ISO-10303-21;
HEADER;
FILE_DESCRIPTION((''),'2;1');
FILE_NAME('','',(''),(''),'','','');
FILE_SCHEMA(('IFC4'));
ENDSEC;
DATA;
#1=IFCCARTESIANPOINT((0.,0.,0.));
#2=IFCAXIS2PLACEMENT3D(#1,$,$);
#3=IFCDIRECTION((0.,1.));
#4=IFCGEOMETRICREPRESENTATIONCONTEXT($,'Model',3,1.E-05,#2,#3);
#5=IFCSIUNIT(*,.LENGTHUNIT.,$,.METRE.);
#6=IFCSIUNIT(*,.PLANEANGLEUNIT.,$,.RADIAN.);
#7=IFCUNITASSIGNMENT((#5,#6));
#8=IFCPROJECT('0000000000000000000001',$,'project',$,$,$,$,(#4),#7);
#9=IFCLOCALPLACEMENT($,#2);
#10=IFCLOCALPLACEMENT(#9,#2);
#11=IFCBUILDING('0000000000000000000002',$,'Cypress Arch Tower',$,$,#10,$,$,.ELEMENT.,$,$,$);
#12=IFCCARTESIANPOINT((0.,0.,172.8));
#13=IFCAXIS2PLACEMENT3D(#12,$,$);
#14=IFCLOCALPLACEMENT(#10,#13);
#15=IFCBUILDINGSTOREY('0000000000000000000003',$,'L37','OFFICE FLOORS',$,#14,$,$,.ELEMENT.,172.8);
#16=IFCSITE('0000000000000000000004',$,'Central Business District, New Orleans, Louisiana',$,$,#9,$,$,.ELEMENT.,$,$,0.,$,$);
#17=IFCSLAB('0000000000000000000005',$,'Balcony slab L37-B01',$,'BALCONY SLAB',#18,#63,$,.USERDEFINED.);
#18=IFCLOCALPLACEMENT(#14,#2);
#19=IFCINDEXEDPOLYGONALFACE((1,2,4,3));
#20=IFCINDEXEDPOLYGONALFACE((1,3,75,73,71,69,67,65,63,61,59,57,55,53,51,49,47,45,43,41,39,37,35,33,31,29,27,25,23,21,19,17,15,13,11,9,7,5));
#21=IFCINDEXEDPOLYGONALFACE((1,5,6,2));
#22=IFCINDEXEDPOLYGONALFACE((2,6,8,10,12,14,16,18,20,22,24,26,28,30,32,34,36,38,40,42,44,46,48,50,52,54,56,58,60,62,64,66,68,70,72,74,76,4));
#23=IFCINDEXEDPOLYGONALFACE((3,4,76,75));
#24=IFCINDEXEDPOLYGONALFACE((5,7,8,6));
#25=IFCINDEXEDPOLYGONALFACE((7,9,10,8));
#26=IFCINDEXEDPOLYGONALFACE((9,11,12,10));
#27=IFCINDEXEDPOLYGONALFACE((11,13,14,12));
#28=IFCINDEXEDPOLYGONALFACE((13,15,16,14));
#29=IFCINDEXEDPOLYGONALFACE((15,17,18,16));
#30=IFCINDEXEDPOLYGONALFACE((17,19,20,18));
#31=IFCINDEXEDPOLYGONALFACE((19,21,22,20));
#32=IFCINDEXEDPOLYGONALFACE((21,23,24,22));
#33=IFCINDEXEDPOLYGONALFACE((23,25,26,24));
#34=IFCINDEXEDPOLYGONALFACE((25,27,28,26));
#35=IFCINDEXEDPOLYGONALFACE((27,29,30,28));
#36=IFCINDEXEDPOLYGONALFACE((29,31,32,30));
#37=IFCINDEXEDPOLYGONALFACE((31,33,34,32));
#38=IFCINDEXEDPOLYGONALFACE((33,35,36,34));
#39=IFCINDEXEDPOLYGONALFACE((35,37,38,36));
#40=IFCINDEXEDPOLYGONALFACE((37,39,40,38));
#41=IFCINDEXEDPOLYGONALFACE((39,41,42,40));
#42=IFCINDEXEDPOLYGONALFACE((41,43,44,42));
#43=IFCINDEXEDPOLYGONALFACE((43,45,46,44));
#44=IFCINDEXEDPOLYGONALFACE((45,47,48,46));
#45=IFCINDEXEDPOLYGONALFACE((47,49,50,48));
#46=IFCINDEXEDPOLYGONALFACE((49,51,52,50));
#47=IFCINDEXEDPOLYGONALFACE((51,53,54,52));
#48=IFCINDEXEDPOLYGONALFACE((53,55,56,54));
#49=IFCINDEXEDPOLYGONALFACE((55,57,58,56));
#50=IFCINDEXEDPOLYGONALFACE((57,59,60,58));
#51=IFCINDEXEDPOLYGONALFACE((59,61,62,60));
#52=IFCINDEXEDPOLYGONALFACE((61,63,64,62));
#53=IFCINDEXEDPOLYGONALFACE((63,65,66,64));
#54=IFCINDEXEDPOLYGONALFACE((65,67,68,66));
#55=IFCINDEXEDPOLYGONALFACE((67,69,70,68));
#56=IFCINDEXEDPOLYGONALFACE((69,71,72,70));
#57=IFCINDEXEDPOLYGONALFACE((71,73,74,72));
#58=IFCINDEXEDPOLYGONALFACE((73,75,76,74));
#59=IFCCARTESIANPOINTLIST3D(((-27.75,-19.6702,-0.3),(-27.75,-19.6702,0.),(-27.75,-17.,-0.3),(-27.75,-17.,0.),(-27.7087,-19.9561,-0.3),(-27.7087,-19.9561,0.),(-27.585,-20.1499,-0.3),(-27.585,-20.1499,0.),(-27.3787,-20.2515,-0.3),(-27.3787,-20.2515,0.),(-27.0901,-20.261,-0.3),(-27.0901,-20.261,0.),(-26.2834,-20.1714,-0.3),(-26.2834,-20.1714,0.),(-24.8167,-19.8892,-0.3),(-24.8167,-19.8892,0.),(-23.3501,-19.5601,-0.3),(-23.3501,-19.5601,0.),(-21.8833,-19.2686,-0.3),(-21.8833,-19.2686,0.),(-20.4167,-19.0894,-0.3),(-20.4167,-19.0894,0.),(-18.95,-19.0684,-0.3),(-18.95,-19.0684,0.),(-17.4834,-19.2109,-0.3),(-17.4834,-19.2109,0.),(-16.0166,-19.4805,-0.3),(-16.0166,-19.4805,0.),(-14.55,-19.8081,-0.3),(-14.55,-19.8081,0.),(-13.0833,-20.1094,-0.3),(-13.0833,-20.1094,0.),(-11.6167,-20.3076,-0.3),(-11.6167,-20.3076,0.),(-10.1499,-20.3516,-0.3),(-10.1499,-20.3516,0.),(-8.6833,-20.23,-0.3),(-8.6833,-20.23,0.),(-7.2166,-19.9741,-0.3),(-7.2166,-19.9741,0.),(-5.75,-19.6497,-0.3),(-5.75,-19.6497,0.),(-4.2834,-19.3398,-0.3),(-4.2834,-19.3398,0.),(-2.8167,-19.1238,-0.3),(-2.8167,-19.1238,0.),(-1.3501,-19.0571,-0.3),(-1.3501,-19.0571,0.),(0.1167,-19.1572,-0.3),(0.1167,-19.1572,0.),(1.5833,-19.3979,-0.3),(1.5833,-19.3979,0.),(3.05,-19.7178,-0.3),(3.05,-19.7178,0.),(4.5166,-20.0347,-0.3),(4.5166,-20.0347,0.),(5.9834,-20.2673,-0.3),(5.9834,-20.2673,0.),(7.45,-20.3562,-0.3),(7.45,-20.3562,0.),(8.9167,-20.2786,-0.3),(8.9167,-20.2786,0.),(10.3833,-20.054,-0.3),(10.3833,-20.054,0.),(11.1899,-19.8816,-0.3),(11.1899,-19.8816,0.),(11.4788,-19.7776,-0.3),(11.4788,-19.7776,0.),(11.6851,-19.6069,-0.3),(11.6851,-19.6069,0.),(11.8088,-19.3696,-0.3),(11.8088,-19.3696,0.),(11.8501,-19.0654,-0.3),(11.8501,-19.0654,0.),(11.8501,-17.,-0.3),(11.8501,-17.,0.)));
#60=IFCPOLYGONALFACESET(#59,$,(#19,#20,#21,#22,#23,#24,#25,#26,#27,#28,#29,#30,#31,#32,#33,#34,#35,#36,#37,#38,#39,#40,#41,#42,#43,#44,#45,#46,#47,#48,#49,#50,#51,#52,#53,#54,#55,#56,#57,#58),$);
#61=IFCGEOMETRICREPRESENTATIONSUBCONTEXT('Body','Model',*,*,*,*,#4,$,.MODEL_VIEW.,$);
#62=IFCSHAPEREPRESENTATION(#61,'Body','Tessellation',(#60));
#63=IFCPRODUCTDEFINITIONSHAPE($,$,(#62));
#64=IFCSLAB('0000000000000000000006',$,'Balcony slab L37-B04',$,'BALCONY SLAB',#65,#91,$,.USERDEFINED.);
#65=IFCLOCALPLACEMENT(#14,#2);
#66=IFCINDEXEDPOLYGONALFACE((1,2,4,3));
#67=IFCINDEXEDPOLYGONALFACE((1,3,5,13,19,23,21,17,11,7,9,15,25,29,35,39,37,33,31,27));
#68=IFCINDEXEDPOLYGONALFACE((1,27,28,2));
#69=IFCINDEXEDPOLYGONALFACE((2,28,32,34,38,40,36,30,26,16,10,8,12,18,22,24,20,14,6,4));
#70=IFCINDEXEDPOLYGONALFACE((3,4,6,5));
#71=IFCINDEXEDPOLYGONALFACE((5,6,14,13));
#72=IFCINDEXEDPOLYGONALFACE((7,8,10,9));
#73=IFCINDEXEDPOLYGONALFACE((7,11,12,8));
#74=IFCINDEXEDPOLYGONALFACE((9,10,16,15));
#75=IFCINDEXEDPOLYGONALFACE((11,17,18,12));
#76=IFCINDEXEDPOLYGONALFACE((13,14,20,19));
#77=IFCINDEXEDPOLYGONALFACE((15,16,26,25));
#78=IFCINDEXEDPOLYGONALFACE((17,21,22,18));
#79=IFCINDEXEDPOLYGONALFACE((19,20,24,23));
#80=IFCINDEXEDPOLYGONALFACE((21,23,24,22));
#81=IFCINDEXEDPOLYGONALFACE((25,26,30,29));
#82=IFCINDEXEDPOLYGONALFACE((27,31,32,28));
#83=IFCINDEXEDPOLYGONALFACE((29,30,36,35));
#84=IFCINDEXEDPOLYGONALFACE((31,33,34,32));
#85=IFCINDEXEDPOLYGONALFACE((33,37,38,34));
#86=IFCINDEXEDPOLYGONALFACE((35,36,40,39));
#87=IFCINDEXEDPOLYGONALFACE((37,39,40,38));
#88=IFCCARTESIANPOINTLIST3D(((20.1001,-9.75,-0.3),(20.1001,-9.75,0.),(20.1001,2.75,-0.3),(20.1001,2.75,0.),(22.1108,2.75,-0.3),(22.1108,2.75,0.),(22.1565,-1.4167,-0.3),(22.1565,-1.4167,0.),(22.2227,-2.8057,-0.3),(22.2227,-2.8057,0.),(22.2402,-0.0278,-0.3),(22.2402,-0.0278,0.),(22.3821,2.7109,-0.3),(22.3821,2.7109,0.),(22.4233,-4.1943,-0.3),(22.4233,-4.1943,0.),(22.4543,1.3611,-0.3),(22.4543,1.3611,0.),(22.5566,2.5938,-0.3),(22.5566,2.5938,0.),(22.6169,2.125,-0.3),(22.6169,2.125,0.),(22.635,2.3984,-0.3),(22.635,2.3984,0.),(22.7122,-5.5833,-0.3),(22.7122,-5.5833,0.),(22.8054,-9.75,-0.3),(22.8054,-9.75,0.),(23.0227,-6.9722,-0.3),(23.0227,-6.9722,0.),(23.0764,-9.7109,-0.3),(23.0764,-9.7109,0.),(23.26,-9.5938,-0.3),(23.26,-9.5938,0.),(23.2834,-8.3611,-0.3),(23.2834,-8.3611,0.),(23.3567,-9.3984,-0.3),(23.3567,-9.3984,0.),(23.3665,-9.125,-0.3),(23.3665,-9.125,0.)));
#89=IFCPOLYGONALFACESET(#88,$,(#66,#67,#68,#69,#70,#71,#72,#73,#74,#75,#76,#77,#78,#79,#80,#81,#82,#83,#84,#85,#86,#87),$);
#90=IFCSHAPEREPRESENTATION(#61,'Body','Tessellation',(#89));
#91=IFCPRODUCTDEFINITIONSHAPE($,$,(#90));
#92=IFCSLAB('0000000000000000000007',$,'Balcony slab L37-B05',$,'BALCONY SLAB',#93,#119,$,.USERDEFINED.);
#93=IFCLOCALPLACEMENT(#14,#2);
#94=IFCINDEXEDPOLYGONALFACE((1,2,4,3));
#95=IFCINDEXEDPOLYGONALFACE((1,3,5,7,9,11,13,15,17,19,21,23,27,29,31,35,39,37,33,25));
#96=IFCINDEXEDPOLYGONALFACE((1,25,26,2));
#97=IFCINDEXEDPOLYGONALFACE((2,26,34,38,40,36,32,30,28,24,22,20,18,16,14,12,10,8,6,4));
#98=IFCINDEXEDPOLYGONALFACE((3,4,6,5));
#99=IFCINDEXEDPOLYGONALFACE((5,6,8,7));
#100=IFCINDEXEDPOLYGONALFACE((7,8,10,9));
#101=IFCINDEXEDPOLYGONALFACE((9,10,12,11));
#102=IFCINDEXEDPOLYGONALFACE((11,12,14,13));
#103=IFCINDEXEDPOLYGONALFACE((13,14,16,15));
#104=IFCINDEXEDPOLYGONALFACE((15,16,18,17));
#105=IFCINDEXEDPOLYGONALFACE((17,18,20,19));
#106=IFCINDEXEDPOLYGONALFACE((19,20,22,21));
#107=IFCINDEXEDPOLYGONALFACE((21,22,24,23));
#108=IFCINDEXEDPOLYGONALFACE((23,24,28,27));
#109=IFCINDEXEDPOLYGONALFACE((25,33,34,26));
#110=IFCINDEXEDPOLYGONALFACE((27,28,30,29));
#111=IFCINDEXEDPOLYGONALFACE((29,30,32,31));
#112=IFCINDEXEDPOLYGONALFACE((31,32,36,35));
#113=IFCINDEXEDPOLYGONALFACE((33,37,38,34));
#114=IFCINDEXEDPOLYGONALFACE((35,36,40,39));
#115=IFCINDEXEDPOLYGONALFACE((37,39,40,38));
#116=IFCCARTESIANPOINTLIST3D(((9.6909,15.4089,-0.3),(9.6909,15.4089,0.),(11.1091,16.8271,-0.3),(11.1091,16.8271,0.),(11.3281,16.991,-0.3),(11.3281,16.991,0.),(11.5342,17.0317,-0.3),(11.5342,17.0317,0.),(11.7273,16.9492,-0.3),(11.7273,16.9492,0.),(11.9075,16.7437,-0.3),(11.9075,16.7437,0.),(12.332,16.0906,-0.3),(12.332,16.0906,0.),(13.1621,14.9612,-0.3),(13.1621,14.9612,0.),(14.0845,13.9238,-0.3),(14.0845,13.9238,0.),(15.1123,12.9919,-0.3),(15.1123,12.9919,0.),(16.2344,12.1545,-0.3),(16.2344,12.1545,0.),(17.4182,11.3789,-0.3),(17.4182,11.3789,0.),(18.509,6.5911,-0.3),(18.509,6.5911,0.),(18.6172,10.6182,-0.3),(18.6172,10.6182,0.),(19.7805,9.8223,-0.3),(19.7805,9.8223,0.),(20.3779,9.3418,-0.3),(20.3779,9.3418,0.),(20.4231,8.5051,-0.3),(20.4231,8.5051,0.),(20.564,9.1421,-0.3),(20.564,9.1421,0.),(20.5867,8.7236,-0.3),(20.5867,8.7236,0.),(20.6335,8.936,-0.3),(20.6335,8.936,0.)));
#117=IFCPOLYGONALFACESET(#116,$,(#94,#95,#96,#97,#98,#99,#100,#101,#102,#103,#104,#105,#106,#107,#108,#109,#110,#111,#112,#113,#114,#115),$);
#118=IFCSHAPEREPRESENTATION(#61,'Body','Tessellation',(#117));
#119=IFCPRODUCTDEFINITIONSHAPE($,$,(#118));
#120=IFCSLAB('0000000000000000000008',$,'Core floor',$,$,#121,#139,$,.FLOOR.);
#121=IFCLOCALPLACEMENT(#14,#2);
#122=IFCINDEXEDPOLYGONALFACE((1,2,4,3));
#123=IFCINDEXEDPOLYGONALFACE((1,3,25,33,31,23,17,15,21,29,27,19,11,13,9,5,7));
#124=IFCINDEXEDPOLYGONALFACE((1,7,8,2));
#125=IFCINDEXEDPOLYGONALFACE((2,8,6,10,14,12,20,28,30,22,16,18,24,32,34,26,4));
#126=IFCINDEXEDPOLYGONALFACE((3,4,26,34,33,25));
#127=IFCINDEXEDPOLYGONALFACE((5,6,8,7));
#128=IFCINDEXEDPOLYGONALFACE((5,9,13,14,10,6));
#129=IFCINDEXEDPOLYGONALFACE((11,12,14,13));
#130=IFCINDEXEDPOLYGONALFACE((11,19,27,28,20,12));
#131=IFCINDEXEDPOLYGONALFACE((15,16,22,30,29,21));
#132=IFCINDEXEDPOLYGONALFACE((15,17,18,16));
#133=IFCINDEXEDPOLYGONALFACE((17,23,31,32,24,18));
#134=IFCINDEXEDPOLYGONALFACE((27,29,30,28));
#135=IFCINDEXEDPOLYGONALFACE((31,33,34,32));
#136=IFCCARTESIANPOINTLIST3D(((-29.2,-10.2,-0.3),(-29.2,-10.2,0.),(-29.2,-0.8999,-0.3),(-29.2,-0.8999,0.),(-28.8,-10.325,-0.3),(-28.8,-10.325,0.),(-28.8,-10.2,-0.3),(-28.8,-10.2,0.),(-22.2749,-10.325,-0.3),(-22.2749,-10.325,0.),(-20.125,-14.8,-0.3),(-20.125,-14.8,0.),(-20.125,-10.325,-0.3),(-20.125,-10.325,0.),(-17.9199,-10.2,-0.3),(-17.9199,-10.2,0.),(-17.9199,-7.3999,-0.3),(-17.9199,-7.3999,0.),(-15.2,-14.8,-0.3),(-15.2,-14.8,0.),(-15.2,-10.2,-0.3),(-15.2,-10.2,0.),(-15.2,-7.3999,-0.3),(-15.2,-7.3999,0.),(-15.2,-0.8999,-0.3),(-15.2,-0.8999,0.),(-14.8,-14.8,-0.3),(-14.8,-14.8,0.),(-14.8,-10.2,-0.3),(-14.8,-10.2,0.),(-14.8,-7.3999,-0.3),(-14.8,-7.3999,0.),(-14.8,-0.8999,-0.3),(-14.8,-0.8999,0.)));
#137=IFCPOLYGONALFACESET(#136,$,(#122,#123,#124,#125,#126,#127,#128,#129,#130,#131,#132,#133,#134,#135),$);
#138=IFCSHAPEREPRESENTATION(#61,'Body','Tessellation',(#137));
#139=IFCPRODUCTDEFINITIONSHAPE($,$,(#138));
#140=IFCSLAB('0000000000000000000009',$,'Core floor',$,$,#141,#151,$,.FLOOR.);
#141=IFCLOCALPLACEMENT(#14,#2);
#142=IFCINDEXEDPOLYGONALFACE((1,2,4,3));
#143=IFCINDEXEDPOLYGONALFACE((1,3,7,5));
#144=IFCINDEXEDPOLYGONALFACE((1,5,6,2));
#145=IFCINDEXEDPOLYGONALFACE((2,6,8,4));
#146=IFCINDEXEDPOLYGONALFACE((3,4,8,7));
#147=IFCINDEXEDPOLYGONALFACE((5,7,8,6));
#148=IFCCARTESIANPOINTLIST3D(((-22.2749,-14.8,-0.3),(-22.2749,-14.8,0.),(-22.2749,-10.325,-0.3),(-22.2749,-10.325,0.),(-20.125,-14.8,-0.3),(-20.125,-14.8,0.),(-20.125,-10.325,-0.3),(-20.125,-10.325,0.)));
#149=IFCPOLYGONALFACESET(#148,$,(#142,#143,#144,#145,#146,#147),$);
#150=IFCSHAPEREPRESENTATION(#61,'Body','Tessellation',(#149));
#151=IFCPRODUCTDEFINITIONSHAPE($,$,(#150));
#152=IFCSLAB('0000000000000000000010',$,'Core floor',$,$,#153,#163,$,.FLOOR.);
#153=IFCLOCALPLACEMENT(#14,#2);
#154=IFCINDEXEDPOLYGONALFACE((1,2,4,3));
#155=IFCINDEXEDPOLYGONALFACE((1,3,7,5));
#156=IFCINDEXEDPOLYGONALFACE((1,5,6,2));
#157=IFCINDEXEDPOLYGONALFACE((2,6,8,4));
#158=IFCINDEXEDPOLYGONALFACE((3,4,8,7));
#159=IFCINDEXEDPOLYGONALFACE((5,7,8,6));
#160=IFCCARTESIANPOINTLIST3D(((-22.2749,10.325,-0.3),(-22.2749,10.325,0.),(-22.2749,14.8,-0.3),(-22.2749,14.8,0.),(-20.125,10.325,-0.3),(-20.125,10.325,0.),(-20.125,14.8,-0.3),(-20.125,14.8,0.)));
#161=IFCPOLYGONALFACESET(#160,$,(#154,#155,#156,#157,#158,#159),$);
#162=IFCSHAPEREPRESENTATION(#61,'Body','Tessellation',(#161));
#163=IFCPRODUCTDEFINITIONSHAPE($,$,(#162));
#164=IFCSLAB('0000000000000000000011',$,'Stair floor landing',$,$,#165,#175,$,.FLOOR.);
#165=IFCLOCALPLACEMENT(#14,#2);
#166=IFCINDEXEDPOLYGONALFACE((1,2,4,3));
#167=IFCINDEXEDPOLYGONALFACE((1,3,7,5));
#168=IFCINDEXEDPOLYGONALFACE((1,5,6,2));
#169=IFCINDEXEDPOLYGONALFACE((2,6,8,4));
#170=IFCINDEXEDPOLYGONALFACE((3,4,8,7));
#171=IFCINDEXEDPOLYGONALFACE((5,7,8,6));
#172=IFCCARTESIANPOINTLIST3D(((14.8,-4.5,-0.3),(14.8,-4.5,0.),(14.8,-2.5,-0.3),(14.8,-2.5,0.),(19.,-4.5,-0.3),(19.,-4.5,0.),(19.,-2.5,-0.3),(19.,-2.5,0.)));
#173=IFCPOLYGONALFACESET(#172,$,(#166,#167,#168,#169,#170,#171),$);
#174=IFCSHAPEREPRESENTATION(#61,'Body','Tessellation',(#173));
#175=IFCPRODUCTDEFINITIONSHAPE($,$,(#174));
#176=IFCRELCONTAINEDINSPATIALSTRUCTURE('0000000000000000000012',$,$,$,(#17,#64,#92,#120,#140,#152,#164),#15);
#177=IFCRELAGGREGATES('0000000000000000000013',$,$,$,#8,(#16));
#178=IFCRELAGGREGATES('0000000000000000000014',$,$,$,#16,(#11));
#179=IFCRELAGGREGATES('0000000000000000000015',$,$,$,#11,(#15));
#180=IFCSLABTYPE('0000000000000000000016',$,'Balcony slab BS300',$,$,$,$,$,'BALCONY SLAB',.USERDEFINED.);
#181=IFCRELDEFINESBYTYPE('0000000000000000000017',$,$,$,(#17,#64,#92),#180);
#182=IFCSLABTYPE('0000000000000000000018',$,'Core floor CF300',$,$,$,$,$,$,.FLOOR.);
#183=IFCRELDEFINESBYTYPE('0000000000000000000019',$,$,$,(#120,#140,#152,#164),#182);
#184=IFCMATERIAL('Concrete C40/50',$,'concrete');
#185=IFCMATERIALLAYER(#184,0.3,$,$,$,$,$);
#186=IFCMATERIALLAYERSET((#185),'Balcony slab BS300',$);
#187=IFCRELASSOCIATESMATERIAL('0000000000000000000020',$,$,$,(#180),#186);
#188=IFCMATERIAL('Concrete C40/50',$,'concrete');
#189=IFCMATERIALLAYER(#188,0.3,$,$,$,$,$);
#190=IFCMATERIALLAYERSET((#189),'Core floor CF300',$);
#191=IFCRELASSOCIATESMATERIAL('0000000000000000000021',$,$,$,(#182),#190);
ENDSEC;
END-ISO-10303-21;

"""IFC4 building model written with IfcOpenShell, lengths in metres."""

from ifc_helpers import new_model, si_unit, direction, frame, origin, place, context, subcontext, project, spatial, polyline, outline, extrude, material, layer, layer_set, type_object, element, save


model = new_model("IFC4")

# Units and contexts
model_context = context("Model", 3, precision=1e-05, world=origin(), true_north=direction((0.0, 1.0)))
body_context = subcontext(model_context, "Body", "Model", "MODEL_VIEW")
ifc_project = project(units=[si_unit("LENGTHUNIT", "METRE"), si_unit("PLANEANGLEUNIT", "RADIAN")], contexts=[model_context])

# Site, building, storey
site_placement = place(None, origin())
site = spatial("IfcSite", under=ifc_project, at=site_placement, Name="Central Business District, New Orleans, Louisiana", CompositionType="ELEMENT", RefElevation=0.0)
building_placement = place(site_placement, origin())
building = spatial("IfcBuilding", under=site, at=building_placement, Name="Cypress Arch Tower", CompositionType="ELEMENT")
storey_placement = place(building_placement, frame((0.0, 0.0, 172.8)))
storey = spatial("IfcBuildingStorey", under=building, at=storey_placement, Name="L37", Description="OFFICE FLOORS", CompositionType="ELEMENT", Elevation=172.8)

# Slabs
ifc_material_1 = material(Name="Concrete C40/50", Category="concrete")
ifc_layer_1 = layer(ifc_material_1, 0.3)
ifc_layer_set_1 = layer_set([ifc_layer_1], Name="Balcony slab BS300")
slab_type_1 = type_object("IfcSlabType", Name="Balcony slab BS300", ElementType="BALCONY SLAB", PredefinedType="USERDEFINED", material=ifc_layer_set_1)
slab_1_placement = place(storey_placement, frame((0.0, 0.0, -0.3)))
element("IfcSlab", 1, at=slab_1_placement, inside=storey, type_object=slab_type_1, Name="Balcony slab L37-B01", ObjectType="BALCONY SLAB", PredefinedType="USERDEFINED", context=body_context, shape_type="SweptSolid", body=[
    extrude(outline(polyline([(-27.75, -17.0), (-27.75, -19.6702), (-27.7087, -19.9561), (-27.585, -20.1499), (-27.3787, -20.2515), (-27.0901, -20.261), (-26.2834, -20.1714), (-24.8167, -19.8892), (-23.3501, -19.5601), (-21.8833, -19.2686), (-20.4167, -19.0894), (-18.95, -19.0684), (-17.4834, -19.2109), (-16.0166, -19.4805), (-14.55, -19.8081), (-13.0833, -20.1094), (-11.6167, -20.3076), (-10.1499, -20.3516), (-8.6833, -20.23), (-7.2166, -19.9741), (-5.75, -19.6497), (-4.2834, -19.3398), (-2.8167, -19.1238), (-1.3501, -19.0571), (0.1167, -19.1572), (1.5833, -19.3979), (3.05, -19.7178), (4.5166, -20.0347), (5.9834, -20.2673), (7.45, -20.3562), (8.9167, -20.2786), (10.3833, -20.054), (11.1899, -19.8816), (11.4788, -19.7776), (11.6851, -19.6069), (11.8088, -19.3696), (11.8501, -19.0654), (11.8501, -17.0), (-27.75, -17.0)])), origin(), (0.0, 0.0, 1.0), 0.3),
])
slab_2_placement = place(storey_placement, frame((0.0, 0.0, -0.3)))
element("IfcSlab", 2, at=slab_2_placement, inside=storey, type_object=slab_type_1, Name="Balcony slab L37-B04", ObjectType="BALCONY SLAB", PredefinedType="USERDEFINED", context=body_context, shape_type="SweptSolid", body=[
    extrude(outline(polyline([(20.1001, -9.75), (22.8054, -9.75), (23.0764, -9.7109), (23.26, -9.5938), (23.3567, -9.3984), (23.3665, -9.125), (23.2834, -8.3611), (23.0227, -6.9722), (22.7122, -5.5833), (22.4233, -4.1943), (22.2227, -2.8057), (22.1565, -1.4167), (22.2402, -0.0278), (22.4543, 1.3611), (22.6169, 2.125), (22.635, 2.3984), (22.5566, 2.5938), (22.3821, 2.7109), (22.1108, 2.75), (20.1001, 2.75), (20.1001, -9.75)])), origin(), (0.0, 0.0, 1.0), 0.3),
])
slab_3_placement = place(storey_placement, frame((0.0, 0.0, -0.3)))
element("IfcSlab", 3, at=slab_3_placement, inside=storey, type_object=slab_type_1, Name="Balcony slab L37-B05", ObjectType="BALCONY SLAB", PredefinedType="USERDEFINED", context=body_context, shape_type="SweptSolid", body=[
    extrude(outline(polyline([(18.509, 6.5911), (20.4231, 8.5051), (20.5867, 8.7236), (20.6335, 8.936), (20.564, 9.1421), (20.3779, 9.3418), (19.7805, 9.8223), (18.6172, 10.6182), (17.4182, 11.3789), (16.2344, 12.1545), (15.1123, 12.9919), (14.0845, 13.9238), (13.1621, 14.9612), (12.332, 16.0906), (11.9075, 16.7437), (11.7273, 16.9492), (11.5342, 17.0317), (11.3281, 16.991), (11.1091, 16.8271), (9.6909, 15.4089), (18.509, 6.5911)])), origin(), (0.0, 0.0, 1.0), 0.3),
])
ifc_material_2 = material(Name="Concrete C40/50", Category="concrete")
ifc_layer_2 = layer(ifc_material_2, 0.3)
ifc_layer_set_2 = layer_set([ifc_layer_2], Name="Core floor CF300")
slab_type_2 = type_object("IfcSlabType", Name="Core floor CF300", PredefinedType="FLOOR", material=ifc_layer_set_2)
slab_4_placement = place(storey_placement, frame((0.0, 0.0, -0.3)))
element("IfcSlab", 4, at=slab_4_placement, inside=storey, type_object=slab_type_2, Name="Core floor", PredefinedType="FLOOR", context=body_context, shape_type="SweptSolid", body=[
    extrude(outline(polyline([(-28.8, -10.2), (-29.2, -10.2), (-29.2, -0.8999), (-15.2, -0.8999), (-14.8, -0.8999), (-14.8, -7.3999), (-15.2, -7.3999), (-17.9199, -7.3999), (-17.9199, -10.2), (-15.2, -10.2), (-14.8, -10.2), (-14.8, -14.8), (-15.2, -14.8), (-20.125, -14.8), (-20.125, -10.325), (-22.2749, -10.325), (-28.8, -10.325), (-28.8, -10.2)])), origin(), (0.0, 0.0, 1.0), 0.3),
])
slab_5_placement = place(storey_placement, frame((0.0, 0.0, -0.3)))
element("IfcSlab", 5, at=slab_5_placement, inside=storey, type_object=slab_type_2, Name="Core floor", PredefinedType="FLOOR", context=body_context, shape_type="SweptSolid", body=[
    extrude(outline(polyline([(-22.2749, -10.325), (-22.2749, -14.8), (-20.125, -14.8), (-20.125, -10.325), (-22.2749, -10.325)])), origin(), (0.0, 0.0, 1.0), 0.3),
])
slab_6_placement = place(storey_placement, frame((0.0, 0.0, -0.3)))
element("IfcSlab", 6, at=slab_6_placement, inside=storey, type_object=slab_type_2, Name="Core floor", PredefinedType="FLOOR", context=body_context, shape_type="SweptSolid", body=[
    extrude(outline(polyline([(-20.125, 14.8), (-22.2749, 14.8), (-22.2749, 10.325), (-20.125, 10.325), (-20.125, 14.8)])), origin(), (0.0, 0.0, 1.0), 0.3),
])
slab_7_placement = place(storey_placement, frame((0.0, 0.0, -0.3)))
element("IfcSlab", 7, at=slab_7_placement, inside=storey, type_object=slab_type_2, Name="Stair floor landing", PredefinedType="FLOOR", context=body_context, shape_type="SweptSolid", body=[
    extrude(outline(polyline([(19.0, -4.5), (19.0, -2.5), (14.8, -2.5), (14.8, -4.5), (19.0, -4.5)])), origin(), (0.0, 0.0, 1.0), 0.3),
])

save(model, "model.ifc")
